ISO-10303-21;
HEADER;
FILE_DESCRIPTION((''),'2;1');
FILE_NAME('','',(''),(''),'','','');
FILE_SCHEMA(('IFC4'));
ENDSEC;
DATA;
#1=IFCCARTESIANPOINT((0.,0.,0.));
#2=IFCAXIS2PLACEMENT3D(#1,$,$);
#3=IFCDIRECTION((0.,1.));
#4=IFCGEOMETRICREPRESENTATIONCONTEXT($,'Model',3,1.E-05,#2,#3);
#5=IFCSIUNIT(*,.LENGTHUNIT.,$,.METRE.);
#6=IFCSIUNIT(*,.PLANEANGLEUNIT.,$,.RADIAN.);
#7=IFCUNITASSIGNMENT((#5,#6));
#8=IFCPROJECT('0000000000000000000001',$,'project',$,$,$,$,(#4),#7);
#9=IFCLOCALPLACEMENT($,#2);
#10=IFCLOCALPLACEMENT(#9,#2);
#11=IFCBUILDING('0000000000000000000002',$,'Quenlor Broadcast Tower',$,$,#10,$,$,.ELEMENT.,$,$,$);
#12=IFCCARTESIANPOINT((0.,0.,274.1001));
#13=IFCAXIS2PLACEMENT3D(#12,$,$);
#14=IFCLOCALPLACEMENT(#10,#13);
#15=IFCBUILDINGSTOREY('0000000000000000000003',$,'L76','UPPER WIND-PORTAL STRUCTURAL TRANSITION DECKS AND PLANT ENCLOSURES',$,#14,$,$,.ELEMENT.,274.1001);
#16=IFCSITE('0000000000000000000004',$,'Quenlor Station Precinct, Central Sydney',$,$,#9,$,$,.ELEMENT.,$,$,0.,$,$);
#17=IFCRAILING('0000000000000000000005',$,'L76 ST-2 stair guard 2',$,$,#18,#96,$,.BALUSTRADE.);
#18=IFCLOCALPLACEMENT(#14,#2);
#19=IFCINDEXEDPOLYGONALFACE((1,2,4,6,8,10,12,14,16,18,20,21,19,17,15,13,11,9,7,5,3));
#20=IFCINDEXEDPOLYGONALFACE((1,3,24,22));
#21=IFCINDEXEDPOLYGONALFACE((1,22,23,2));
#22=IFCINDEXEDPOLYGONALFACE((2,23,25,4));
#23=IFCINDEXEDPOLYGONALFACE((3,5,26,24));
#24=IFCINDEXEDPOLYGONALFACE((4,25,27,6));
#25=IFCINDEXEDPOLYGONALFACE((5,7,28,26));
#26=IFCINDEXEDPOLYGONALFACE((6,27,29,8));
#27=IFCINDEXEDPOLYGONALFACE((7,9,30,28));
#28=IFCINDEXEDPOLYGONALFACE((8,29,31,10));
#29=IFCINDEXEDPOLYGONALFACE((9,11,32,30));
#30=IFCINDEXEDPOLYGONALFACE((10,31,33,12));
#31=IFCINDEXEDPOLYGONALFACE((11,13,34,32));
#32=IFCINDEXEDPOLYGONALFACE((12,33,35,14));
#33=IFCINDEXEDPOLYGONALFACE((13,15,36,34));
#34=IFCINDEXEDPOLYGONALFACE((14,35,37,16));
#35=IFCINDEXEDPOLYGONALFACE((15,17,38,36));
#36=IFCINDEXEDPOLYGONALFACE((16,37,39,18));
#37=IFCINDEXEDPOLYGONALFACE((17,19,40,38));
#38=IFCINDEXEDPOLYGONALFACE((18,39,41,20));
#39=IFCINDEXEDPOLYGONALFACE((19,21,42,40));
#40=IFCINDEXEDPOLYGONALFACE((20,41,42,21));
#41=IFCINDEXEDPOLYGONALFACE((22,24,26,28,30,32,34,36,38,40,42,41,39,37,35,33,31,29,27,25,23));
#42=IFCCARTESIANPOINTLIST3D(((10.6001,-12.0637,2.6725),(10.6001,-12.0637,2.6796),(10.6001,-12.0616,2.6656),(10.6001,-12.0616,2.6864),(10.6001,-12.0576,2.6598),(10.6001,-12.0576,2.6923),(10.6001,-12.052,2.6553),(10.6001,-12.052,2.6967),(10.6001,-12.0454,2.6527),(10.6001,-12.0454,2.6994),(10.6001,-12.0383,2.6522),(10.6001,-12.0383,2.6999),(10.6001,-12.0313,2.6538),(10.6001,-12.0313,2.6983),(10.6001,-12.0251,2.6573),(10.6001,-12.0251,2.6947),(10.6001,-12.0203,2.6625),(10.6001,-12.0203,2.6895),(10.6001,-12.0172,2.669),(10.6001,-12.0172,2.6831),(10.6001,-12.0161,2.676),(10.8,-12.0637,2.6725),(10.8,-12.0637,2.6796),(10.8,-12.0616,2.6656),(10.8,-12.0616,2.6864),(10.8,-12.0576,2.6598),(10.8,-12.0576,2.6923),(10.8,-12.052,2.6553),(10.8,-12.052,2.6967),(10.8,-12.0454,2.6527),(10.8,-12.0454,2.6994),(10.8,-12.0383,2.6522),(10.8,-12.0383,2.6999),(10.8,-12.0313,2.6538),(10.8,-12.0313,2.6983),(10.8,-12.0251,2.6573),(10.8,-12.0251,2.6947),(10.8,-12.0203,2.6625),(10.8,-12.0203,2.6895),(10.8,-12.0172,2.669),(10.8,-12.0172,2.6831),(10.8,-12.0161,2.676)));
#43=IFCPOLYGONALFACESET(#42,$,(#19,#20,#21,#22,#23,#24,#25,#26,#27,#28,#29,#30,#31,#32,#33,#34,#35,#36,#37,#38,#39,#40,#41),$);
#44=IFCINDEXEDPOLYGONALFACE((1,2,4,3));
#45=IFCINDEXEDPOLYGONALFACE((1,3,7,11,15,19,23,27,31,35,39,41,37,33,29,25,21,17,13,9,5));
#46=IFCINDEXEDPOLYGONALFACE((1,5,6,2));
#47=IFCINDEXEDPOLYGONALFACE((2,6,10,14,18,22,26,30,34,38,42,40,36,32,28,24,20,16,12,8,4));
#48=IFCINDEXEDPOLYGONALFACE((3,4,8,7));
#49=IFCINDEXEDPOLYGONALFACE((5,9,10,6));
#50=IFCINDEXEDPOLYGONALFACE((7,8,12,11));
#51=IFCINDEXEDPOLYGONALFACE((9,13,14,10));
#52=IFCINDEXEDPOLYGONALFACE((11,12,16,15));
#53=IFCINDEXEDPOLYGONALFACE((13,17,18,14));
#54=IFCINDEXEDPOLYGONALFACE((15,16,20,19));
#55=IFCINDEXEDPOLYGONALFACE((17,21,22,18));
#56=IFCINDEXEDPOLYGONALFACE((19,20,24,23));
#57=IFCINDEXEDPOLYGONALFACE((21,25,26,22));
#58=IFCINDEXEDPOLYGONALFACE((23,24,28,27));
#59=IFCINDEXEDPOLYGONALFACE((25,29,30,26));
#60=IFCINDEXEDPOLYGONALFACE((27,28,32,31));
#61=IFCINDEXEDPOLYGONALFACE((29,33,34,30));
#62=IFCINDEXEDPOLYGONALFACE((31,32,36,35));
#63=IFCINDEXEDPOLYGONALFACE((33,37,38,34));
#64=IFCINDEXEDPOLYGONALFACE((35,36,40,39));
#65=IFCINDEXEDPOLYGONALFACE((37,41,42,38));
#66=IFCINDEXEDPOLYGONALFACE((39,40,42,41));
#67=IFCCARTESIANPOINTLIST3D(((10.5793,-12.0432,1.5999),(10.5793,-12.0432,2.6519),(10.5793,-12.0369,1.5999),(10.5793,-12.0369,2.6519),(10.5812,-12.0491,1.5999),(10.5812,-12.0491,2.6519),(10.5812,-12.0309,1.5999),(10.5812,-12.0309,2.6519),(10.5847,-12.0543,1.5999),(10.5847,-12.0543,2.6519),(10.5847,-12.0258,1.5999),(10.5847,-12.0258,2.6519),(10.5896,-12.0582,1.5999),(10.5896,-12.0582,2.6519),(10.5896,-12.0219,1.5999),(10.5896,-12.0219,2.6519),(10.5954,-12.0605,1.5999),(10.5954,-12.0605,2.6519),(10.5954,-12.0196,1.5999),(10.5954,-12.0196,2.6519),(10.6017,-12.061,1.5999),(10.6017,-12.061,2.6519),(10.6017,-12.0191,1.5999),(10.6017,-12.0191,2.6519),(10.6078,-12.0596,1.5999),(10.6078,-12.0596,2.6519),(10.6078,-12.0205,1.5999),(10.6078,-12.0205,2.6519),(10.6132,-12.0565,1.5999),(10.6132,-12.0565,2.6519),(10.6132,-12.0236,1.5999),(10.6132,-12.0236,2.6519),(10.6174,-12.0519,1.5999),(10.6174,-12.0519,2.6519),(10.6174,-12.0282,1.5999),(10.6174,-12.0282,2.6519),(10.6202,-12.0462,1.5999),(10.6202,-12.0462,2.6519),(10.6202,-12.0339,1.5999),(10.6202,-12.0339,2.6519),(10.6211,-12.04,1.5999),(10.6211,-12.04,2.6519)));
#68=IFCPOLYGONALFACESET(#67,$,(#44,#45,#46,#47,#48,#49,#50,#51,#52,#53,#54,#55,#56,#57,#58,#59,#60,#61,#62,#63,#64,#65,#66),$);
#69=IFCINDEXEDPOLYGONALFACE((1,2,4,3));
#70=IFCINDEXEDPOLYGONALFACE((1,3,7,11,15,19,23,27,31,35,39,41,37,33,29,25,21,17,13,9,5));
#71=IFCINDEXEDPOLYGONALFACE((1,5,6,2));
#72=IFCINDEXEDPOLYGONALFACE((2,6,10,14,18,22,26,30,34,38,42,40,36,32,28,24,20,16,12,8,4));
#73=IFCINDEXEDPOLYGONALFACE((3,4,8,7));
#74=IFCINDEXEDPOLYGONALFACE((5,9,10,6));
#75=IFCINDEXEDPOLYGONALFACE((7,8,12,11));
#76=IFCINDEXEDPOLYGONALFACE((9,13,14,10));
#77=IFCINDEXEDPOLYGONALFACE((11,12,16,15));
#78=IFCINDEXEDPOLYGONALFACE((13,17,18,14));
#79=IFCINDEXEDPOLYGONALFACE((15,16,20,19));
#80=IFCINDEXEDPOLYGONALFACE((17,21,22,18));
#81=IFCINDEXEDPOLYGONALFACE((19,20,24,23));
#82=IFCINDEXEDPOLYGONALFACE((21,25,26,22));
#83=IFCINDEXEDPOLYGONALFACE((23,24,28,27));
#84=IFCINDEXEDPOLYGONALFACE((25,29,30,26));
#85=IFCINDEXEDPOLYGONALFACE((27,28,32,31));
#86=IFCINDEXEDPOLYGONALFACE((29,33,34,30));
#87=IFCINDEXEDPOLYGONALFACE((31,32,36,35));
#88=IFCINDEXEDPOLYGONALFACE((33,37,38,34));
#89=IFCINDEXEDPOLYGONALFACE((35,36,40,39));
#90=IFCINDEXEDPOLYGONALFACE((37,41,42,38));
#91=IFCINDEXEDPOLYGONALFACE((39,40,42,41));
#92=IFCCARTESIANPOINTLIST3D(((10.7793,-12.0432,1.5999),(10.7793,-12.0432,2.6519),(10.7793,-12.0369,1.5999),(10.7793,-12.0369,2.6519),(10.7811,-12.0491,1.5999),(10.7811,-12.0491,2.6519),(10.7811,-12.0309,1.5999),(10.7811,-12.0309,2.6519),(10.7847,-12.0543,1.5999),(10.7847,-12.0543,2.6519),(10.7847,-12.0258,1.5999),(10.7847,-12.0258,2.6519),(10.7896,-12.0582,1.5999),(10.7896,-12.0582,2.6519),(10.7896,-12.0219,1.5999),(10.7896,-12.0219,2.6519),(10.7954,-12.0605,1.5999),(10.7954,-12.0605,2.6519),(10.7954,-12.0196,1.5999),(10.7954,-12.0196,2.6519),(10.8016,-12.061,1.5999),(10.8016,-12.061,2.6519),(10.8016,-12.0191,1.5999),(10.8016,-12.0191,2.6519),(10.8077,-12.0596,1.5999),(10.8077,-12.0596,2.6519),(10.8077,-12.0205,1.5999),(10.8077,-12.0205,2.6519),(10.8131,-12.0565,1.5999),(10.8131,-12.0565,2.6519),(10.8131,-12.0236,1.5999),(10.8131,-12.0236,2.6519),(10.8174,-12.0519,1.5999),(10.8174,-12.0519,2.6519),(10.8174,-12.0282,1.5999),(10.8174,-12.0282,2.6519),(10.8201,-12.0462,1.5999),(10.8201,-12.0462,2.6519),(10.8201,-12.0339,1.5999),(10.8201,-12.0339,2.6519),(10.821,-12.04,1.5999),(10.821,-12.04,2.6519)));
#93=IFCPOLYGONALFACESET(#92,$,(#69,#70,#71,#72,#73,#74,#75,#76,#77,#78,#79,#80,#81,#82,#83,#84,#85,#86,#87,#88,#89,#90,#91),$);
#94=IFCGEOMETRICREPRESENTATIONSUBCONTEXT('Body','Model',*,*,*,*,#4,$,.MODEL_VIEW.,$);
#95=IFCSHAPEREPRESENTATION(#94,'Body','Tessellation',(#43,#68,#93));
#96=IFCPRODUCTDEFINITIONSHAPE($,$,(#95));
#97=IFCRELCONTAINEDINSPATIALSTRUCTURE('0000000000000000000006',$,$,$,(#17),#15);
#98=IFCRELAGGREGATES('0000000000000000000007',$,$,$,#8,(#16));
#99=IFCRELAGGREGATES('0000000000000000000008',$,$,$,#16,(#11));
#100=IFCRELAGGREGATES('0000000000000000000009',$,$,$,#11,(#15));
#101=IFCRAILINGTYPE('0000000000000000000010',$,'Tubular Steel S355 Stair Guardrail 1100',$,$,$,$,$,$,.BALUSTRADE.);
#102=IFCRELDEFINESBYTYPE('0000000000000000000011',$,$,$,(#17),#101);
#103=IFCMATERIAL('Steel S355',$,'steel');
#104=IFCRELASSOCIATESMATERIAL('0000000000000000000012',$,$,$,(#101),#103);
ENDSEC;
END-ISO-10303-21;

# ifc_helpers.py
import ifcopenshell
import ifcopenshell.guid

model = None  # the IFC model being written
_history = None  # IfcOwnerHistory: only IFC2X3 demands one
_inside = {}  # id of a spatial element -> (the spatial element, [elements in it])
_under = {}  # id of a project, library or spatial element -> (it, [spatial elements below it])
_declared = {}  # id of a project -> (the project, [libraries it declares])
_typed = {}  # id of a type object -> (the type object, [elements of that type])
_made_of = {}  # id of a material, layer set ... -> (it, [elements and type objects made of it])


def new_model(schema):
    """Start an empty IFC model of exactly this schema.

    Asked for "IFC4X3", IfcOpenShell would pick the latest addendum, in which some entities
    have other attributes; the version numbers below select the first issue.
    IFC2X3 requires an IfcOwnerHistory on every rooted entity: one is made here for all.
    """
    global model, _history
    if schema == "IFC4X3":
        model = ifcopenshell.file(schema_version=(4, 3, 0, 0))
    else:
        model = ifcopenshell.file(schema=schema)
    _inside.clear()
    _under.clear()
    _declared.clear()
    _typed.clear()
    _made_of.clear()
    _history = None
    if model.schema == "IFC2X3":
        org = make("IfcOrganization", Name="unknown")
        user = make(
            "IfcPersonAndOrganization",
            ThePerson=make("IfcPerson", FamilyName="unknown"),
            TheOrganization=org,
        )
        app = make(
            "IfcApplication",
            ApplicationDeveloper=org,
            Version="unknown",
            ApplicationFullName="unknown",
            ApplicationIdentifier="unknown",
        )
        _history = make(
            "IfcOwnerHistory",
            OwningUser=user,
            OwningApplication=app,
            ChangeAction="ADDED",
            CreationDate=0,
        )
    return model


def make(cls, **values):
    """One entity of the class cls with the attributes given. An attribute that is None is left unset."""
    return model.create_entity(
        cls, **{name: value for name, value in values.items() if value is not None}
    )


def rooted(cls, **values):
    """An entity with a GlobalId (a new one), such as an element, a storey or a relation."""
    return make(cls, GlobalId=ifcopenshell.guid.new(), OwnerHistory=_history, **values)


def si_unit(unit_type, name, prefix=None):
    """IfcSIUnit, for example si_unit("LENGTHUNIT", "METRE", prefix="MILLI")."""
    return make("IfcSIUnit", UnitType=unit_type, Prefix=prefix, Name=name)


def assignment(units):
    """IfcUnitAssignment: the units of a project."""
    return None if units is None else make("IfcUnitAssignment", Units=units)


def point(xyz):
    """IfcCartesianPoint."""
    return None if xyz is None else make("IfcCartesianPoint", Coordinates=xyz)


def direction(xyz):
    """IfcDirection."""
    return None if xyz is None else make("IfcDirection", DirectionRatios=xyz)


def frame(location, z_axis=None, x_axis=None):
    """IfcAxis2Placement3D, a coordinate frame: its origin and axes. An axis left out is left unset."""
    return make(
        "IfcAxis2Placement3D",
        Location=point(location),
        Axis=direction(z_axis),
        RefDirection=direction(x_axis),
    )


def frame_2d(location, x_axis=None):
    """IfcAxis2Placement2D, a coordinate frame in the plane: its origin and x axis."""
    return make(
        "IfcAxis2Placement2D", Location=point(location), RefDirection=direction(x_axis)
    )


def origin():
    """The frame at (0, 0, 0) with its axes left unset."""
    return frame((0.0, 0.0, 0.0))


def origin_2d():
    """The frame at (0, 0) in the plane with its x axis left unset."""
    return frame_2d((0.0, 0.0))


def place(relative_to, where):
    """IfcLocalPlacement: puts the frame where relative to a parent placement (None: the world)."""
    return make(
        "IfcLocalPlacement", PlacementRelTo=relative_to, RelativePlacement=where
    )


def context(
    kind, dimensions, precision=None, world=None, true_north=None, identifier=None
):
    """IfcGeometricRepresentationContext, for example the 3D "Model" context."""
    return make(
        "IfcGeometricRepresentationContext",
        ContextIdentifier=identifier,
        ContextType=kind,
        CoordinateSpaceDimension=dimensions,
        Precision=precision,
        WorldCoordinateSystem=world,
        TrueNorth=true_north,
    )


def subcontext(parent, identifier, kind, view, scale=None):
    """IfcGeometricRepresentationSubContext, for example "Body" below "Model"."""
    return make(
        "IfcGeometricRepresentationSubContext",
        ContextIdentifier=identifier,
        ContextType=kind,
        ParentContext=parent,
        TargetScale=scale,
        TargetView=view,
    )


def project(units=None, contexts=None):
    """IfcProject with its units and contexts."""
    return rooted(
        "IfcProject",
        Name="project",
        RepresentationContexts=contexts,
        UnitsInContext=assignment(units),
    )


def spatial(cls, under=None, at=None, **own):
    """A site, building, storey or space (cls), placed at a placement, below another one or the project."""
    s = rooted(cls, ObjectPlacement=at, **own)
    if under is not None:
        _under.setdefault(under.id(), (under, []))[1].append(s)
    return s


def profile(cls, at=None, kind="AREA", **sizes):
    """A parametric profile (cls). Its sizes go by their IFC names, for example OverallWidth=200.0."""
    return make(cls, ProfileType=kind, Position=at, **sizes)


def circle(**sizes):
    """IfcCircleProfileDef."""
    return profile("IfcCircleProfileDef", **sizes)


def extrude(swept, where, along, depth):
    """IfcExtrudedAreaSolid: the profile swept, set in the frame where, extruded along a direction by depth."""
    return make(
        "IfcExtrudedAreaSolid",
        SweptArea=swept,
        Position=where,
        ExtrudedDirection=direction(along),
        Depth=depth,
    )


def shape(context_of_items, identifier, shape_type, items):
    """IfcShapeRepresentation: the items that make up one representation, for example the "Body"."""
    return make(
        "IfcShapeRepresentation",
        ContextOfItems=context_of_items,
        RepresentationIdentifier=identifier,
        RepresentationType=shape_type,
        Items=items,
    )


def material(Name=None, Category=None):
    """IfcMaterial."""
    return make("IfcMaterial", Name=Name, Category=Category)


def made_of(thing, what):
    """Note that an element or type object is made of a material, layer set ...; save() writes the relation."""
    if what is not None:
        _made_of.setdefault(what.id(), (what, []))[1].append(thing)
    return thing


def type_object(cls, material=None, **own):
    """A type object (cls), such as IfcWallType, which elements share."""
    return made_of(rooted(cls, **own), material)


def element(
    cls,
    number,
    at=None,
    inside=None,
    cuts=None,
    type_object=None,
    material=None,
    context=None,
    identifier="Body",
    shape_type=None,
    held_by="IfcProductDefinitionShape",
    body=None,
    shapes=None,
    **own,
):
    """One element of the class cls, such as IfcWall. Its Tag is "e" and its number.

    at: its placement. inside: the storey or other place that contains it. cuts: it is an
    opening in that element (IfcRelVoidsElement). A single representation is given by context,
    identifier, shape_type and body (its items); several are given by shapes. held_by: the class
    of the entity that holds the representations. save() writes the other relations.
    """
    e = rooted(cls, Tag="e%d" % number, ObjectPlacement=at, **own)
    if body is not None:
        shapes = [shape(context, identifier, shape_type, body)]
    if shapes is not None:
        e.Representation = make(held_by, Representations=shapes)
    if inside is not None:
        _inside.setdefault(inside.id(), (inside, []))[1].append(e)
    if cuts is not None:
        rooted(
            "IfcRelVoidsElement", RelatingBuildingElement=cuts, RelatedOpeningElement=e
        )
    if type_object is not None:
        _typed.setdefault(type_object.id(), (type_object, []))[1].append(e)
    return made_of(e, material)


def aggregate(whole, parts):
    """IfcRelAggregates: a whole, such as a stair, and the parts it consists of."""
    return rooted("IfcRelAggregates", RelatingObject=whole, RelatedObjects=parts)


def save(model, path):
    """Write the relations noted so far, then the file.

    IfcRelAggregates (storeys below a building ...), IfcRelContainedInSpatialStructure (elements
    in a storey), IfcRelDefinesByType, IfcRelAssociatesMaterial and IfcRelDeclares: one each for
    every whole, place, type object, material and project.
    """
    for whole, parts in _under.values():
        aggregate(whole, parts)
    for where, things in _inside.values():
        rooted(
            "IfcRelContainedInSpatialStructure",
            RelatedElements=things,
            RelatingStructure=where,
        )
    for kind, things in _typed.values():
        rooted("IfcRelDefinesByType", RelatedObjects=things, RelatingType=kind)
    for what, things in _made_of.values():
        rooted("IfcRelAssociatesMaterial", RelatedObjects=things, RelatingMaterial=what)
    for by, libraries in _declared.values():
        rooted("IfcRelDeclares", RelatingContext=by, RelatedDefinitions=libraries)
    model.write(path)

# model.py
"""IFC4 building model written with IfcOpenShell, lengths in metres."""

from ifc_helpers import new_model, si_unit, direction, frame, origin, origin_2d, place, context, subcontext, project, spatial, circle, extrude, material, type_object, element, save


model = new_model("IFC4")

# Units and contexts
model_context = context("Model", 3, precision=1e-05, world=origin(), true_north=direction((0.0, 1.0)))
body_context = subcontext(model_context, "Body", "Model", "MODEL_VIEW")
ifc_project = project(units=[si_unit("LENGTHUNIT", "METRE"), si_unit("PLANEANGLEUNIT", "RADIAN")], contexts=[model_context])

# Site, building, storey
site_placement = place(None, origin())
site = spatial("IfcSite", under=ifc_project, at=site_placement, Name="Quenlor Station Precinct, Central Sydney", CompositionType="ELEMENT", RefElevation=0.0)
building_placement = place(site_placement, origin())
building = spatial("IfcBuilding", under=site, at=building_placement, Name="Quenlor Broadcast Tower", CompositionType="ELEMENT")
storey_placement = place(building_placement, frame((0.0, 0.0, 274.1001)))
storey = spatial("IfcBuildingStorey", under=building, at=storey_placement, Name="L76", Description="UPPER WIND-PORTAL STRUCTURAL TRANSITION DECKS AND PLANT ENCLOSURES", CompositionType="ELEMENT", Elevation=274.1001)

# Railing
ifc_material_1 = material(Name="Steel S355", Category="steel")
railing_type_1 = type_object("IfcRailingType", Name="Tubular Steel S355 Stair Guardrail 1100", PredefinedType="BALUSTRADE", material=ifc_material_1)
railing_1_placement = place(storey_placement, frame((10.6001, -12.04, 1.5999)))
element("IfcRailing", 1, at=railing_1_placement, inside=storey, type_object=railing_type_1, Name="L76 ST-2 stair guard 2", PredefinedType="BALUSTRADE", context=body_context, shape_type="SweptSolid", body=[
    extrude(circle(Radius=0.0239, at=origin_2d()), frame((0.0, 0.0, 1.0762), z_axis=(1.0, 0.0, 0.0), x_axis=(0.0, 1.0, 0.0)), (0.0, 0.0, 1.0), 0.2),
    extrude(circle(Radius=0.021, at=origin_2d()), origin(), (0.0, 0.0, 1.0), 1.052),
    extrude(circle(Radius=0.021, at=origin_2d()), frame((0.2, 0.0, 0.0)), (0.0, 0.0, 1.0), 1.052),
])

save(model, "model.ifc")
